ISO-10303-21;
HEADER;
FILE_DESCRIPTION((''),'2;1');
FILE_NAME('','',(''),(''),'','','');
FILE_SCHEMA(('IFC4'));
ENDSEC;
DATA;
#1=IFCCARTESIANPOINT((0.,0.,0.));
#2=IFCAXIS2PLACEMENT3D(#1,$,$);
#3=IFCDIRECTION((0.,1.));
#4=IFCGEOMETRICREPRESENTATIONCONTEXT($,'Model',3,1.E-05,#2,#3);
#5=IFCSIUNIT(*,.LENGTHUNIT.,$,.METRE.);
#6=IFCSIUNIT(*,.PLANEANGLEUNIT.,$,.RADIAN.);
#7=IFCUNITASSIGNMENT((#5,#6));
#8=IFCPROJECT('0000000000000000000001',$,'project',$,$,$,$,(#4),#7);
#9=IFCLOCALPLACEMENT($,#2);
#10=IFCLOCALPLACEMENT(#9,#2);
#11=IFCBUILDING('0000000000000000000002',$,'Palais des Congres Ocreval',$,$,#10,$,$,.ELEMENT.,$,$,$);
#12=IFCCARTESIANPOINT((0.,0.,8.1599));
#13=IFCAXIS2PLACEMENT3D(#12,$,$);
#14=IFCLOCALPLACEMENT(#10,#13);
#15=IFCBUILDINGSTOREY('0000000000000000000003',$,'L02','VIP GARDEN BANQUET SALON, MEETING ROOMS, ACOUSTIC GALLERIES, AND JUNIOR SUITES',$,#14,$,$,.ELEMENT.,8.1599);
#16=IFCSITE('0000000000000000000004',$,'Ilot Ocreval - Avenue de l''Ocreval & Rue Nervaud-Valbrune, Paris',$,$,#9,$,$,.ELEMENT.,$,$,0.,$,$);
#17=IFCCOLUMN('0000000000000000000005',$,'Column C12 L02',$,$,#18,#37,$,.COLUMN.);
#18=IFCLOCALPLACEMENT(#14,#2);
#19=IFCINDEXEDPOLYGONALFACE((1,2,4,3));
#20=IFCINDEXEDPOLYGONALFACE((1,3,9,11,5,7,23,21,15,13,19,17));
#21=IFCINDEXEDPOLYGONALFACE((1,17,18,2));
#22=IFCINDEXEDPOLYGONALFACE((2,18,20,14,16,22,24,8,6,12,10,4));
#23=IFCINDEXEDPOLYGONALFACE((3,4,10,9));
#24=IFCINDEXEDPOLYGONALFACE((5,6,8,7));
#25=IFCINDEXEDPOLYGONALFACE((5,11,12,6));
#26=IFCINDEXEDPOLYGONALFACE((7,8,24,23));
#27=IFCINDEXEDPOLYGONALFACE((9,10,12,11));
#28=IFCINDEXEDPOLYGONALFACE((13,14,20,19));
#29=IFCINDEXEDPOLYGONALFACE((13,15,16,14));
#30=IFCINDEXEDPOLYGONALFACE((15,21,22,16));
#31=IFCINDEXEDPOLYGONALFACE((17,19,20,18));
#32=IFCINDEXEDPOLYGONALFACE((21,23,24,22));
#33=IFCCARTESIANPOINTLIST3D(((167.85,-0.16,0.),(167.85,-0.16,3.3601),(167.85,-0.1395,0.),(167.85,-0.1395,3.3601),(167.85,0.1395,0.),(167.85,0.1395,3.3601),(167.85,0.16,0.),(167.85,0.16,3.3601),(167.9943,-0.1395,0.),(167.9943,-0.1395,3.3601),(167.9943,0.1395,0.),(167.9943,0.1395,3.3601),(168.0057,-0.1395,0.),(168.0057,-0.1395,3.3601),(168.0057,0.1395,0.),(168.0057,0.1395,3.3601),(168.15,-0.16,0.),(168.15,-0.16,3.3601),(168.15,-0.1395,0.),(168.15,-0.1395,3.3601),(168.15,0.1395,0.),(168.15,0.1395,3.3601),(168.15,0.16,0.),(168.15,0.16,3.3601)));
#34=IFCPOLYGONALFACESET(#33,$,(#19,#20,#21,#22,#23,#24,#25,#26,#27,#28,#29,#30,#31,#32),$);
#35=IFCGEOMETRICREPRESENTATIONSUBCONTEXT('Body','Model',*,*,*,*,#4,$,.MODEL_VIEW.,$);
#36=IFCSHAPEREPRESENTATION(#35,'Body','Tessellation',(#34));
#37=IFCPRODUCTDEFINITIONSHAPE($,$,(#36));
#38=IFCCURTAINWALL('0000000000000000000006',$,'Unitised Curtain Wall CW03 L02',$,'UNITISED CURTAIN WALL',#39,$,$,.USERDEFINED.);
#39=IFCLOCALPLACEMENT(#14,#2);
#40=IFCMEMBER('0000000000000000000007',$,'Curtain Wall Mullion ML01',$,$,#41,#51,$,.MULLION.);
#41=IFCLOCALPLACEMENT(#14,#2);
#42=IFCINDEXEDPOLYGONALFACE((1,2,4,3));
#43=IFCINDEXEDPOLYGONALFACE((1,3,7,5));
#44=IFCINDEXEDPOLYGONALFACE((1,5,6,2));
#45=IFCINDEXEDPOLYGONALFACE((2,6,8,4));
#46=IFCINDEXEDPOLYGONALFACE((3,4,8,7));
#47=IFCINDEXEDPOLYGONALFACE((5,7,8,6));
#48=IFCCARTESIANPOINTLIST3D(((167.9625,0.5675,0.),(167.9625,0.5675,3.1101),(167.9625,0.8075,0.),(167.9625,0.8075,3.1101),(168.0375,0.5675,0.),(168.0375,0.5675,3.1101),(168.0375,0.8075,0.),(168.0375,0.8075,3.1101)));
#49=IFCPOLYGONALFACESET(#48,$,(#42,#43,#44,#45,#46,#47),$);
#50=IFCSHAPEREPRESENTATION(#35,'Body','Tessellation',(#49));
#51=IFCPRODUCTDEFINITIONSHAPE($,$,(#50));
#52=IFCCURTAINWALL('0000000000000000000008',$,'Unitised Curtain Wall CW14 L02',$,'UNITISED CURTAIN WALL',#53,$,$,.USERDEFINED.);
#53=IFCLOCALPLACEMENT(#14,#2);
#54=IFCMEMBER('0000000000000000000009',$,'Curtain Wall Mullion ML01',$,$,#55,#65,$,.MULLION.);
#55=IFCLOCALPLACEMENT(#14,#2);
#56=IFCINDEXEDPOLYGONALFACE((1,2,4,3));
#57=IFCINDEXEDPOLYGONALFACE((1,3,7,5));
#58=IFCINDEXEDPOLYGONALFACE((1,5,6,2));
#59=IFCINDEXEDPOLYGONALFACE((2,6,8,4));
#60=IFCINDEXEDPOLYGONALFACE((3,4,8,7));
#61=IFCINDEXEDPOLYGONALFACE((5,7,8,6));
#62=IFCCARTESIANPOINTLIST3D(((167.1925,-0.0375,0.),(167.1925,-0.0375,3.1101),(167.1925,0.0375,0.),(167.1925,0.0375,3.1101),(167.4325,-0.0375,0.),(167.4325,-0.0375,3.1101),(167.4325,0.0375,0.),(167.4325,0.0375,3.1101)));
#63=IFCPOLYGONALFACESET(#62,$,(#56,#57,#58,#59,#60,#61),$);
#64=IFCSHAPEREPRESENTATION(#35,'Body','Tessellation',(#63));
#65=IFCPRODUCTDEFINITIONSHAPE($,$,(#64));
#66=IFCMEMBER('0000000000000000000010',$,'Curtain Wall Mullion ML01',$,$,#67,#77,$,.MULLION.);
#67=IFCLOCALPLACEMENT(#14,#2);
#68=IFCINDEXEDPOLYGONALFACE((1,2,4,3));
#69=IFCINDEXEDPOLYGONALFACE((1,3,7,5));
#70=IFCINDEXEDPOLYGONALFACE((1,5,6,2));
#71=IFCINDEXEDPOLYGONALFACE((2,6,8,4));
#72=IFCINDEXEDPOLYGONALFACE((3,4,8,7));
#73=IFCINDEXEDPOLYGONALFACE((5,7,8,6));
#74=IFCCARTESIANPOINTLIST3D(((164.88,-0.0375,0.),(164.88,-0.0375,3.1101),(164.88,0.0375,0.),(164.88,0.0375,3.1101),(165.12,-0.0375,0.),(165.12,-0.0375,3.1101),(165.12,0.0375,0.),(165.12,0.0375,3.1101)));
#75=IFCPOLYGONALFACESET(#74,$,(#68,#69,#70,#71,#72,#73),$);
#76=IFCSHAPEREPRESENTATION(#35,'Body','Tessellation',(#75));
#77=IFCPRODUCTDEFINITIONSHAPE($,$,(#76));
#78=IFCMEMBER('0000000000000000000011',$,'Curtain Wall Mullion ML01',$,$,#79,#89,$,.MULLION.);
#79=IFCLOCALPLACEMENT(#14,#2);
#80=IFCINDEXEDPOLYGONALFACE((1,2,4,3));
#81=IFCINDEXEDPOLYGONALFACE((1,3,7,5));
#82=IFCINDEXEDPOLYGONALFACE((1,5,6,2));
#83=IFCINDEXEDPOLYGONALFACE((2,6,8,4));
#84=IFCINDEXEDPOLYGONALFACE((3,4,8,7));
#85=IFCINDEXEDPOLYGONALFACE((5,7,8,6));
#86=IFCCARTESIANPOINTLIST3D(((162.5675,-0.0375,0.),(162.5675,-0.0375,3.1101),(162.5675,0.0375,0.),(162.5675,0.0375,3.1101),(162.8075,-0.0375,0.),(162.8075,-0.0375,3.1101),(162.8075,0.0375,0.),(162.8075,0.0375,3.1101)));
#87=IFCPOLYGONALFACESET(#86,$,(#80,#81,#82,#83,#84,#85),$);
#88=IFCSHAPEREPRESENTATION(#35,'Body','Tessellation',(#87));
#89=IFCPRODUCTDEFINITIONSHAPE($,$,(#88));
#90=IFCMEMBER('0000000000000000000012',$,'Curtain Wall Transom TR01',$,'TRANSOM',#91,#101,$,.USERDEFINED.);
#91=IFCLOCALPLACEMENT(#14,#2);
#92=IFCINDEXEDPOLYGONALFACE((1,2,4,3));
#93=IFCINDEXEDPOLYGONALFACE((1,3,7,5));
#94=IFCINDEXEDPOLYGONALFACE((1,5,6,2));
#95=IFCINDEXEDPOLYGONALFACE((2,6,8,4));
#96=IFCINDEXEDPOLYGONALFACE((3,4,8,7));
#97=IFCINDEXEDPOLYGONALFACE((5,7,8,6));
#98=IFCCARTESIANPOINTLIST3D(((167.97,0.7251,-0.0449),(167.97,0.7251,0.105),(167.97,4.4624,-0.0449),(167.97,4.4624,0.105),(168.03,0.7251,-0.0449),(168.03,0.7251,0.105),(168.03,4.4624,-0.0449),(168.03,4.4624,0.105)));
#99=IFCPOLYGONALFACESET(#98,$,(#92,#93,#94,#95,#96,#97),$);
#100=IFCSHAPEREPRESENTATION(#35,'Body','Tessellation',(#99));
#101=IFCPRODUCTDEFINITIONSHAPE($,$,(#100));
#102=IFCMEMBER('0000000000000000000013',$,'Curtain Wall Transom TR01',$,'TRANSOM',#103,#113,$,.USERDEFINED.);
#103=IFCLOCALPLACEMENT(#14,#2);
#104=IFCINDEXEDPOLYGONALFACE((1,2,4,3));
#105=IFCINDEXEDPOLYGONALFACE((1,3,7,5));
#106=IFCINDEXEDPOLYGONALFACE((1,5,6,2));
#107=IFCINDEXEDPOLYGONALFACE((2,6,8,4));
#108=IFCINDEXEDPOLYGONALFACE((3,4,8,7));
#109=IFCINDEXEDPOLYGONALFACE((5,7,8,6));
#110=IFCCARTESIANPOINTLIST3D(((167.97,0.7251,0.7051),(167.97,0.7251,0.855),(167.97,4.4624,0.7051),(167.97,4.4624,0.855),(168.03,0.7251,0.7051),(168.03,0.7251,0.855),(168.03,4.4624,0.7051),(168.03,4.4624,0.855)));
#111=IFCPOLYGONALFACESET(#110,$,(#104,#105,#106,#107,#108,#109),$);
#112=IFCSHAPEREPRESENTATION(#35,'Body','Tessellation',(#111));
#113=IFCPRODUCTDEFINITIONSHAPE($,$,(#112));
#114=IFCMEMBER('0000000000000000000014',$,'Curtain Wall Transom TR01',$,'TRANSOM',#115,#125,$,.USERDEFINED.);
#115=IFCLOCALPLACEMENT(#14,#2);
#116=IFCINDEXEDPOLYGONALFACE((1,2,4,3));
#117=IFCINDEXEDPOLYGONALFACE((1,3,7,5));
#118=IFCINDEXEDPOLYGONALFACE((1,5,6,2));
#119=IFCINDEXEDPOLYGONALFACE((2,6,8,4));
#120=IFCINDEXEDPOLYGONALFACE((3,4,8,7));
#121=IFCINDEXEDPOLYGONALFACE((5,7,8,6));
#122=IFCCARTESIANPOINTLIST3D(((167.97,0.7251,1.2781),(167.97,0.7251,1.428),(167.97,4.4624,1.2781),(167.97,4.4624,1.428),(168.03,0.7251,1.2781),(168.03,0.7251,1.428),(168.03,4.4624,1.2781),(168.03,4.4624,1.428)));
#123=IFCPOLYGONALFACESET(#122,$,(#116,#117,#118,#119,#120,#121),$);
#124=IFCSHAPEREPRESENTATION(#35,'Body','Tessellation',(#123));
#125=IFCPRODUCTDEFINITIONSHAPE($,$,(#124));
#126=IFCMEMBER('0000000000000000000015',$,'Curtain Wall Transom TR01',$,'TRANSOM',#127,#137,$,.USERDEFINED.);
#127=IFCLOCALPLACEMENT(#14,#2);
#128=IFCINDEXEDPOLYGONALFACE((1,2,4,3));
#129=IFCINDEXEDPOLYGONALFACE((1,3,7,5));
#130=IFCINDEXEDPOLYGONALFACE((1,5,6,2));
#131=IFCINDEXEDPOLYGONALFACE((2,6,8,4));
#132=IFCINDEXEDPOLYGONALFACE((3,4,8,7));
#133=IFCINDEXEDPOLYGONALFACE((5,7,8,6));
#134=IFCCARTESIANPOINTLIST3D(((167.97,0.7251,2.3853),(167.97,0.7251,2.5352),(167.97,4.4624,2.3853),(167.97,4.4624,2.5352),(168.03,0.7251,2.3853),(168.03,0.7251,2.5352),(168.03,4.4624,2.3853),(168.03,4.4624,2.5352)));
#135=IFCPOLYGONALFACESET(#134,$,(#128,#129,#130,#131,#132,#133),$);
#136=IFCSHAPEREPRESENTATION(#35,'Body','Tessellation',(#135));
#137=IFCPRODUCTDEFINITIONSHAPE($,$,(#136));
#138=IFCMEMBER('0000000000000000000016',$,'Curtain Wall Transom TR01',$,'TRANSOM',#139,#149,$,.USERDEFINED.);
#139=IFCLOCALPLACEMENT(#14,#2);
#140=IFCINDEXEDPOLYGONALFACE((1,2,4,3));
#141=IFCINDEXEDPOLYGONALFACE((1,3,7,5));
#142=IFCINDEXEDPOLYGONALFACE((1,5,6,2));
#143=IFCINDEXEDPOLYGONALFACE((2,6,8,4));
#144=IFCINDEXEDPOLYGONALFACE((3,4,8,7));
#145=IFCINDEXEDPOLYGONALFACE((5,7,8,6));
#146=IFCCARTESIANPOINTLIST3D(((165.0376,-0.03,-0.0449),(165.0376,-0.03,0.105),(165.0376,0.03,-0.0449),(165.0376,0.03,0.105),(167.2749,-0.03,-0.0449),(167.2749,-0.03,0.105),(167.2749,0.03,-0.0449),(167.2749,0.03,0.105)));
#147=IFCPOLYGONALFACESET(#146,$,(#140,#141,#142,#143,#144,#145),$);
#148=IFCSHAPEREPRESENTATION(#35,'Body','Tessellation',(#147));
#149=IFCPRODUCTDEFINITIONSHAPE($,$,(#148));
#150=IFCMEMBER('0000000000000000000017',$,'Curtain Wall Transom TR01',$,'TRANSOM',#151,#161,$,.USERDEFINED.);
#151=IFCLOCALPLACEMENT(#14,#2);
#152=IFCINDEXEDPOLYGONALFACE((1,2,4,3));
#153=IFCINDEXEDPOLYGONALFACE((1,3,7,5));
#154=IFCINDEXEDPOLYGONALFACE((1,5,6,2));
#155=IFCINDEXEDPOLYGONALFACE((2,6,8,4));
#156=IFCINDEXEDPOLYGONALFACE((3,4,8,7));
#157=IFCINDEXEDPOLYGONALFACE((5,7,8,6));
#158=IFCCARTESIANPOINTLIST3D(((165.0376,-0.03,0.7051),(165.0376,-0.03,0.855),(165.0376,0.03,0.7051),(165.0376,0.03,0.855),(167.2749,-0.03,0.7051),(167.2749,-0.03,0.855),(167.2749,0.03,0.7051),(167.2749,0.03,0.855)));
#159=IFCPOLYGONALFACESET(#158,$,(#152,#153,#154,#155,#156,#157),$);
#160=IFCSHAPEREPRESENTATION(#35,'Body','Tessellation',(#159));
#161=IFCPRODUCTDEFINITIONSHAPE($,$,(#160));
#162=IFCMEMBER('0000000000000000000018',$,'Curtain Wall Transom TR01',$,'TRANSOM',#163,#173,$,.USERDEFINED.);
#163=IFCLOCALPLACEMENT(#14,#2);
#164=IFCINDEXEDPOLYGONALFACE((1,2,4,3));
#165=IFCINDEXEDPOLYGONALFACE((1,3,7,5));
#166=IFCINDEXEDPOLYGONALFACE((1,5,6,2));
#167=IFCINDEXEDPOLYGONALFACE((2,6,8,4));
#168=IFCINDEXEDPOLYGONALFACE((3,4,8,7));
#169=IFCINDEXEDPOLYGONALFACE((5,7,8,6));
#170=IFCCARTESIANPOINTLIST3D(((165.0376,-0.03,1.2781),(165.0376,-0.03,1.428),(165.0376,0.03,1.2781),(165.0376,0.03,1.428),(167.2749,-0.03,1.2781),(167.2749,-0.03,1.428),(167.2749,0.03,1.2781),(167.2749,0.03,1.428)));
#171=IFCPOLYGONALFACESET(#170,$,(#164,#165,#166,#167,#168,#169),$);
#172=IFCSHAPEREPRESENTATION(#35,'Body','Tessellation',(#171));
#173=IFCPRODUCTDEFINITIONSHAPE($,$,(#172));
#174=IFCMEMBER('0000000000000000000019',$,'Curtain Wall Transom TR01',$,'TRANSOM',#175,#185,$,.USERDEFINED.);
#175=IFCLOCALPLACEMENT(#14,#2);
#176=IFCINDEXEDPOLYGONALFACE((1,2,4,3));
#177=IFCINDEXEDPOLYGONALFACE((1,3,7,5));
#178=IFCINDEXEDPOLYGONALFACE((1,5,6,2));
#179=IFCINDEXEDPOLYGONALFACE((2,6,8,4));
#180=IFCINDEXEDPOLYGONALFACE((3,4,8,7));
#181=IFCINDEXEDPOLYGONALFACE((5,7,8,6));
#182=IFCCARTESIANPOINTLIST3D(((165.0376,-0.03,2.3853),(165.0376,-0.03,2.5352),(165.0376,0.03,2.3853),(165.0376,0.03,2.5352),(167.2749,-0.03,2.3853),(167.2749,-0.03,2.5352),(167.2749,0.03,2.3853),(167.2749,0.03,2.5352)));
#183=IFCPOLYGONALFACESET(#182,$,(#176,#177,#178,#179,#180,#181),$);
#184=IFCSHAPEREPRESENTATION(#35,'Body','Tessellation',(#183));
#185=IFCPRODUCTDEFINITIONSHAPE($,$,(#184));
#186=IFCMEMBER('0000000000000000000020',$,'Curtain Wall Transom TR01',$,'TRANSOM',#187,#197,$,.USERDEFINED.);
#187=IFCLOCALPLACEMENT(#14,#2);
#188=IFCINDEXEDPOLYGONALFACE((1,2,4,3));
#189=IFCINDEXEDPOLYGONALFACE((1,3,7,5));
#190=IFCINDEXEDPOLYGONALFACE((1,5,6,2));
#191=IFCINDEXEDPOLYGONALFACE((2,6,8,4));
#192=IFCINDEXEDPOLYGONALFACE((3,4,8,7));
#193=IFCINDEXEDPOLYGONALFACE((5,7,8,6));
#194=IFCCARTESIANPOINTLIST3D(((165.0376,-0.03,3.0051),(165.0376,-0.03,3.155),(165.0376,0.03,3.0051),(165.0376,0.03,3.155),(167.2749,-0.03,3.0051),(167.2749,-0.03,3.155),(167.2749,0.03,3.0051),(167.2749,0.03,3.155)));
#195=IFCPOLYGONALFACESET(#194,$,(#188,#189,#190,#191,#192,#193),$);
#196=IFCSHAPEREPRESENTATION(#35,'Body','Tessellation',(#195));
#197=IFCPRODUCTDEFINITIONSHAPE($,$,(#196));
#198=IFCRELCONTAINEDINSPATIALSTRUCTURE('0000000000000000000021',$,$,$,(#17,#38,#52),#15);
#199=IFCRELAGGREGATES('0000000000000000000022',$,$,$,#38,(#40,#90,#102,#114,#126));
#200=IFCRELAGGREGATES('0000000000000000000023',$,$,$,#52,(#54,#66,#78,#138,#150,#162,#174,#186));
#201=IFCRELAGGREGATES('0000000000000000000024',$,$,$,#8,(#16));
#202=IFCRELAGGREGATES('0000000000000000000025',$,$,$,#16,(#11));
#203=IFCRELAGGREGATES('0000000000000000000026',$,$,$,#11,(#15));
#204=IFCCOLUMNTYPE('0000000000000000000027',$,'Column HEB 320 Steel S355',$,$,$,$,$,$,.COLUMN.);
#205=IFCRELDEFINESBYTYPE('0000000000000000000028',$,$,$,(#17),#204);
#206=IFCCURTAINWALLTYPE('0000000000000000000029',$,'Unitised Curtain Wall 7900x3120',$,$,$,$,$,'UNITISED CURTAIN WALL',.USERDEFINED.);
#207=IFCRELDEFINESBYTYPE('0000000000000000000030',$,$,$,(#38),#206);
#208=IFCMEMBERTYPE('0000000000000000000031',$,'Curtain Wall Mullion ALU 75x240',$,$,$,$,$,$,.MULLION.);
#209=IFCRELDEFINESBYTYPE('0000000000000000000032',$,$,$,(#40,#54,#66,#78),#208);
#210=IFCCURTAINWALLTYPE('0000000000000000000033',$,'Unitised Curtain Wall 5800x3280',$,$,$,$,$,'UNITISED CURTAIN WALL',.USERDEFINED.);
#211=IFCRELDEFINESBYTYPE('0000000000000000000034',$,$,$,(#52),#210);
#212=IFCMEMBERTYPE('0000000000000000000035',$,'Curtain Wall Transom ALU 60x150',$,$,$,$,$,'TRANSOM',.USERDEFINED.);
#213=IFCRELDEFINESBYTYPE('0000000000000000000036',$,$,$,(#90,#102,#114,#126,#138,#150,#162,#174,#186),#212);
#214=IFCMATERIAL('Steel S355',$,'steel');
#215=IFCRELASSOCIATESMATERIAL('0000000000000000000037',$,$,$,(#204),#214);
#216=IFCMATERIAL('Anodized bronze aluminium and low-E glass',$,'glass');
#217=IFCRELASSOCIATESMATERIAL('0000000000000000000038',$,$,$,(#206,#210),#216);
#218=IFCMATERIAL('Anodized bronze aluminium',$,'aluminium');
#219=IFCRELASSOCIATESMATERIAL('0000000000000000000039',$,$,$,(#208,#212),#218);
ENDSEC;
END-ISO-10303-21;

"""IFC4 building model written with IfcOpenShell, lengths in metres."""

from ifc_helpers import new_model, si_unit, direction, frame, origin, origin_2d, place, context, subcontext, project, spatial, rectangle, i_section, extrude, material, material_profile, profile_set, type_object, element, aggregate, save


model = new_model("IFC4")

# Units and contexts
model_context = context("Model", 3, precision=1e-05, world=origin(), true_north=direction((0.0, 1.0)))
body_context = subcontext(model_context, "Body", "Model", "MODEL_VIEW")
ifc_project = project(units=[si_unit("LENGTHUNIT", "METRE"), si_unit("PLANEANGLEUNIT", "RADIAN")], contexts=[model_context])

# Site, building, storey
site_placement = place(None, origin())
site = spatial("IfcSite", under=ifc_project, at=site_placement, Name="Ilot Ocreval - Avenue de l'Ocreval & Rue Nervaud-Valbrune, Paris", CompositionType="ELEMENT", RefElevation=0.0)
building_placement = place(site_placement, origin())
building = spatial("IfcBuilding", under=site, at=building_placement, Name="Palais des Congres Ocreval", CompositionType="ELEMENT")
storey_placement = place(building_placement, frame((0.0, 0.0, 8.1599)))
storey = spatial("IfcBuildingStorey", under=building, at=storey_placement, Name="L02", Description="VIP GARDEN BANQUET SALON, MEETING ROOMS, ACOUSTIC GALLERIES, AND JUNIOR SUITES", CompositionType="ELEMENT", Elevation=8.1599)

# Column
ifc_material_1 = material(Name="Steel S355", Category="steel")
ifc_material_profile_1 = material_profile(ifc_material_1, i_section(OverallWidth=0.3, OverallDepth=0.3201, WebThickness=0.0115, FlangeThickness=0.0205, at=origin_2d()), Name="HEB 320")
ifc_profile_set_1 = profile_set([ifc_material_profile_1], Name="Steel S355")
column_type = type_object("IfcColumnType", Name="Column HEB 320 Steel S355", PredefinedType="COLUMN", material=ifc_profile_set_1)
column_placement = place(storey_placement, frame((168.0, 0.0, 0.0), z_axis=(0.0, 0.0, 1.0), x_axis=(1.0, 0.0, 0.0)))
element("IfcColumn", 1, at=column_placement, inside=storey, type_object=column_type, Name="Column C12 L02", PredefinedType="COLUMN", context=body_context, shape_type="SweptSolid", body=[
    extrude(i_section(OverallWidth=0.3, OverallDepth=0.3201, WebThickness=0.0115, FlangeThickness=0.0205, at=origin_2d()), origin(), (0.0, 0.0, 1.0), 3.3601),
])

# Curtain wall, member
ifc_material_2 = material(Name="Anodized bronze aluminium and low-E glass", Category="glass")
curtain_wall_type_1 = type_object("IfcCurtainWallType", Name="Unitised Curtain Wall 7900x3120", ElementType="UNITISED CURTAIN WALL", PredefinedType="USERDEFINED", material=ifc_material_2)
curtain_wall_1_placement = place(storey_placement, origin())
curtain_wall_1 = element("IfcCurtainWall", 2, at=curtain_wall_1_placement, inside=storey, type_object=curtain_wall_type_1, Name="Unitised Curtain Wall CW03 L02", ObjectType="UNITISED CURTAIN WALL", PredefinedType="USERDEFINED")
ifc_material_3 = material(Name="Anodized bronze aluminium", Category="aluminium")
ifc_material_profile_2 = material_profile(ifc_material_3, rectangle(XDim=0.075, YDim=0.24, at=origin_2d()), Name="ALU 75x240")
ifc_profile_set_2 = profile_set([ifc_material_profile_2], Name="Anodized bronze aluminium")
member_type_1 = type_object("IfcMemberType", Name="Curtain Wall Mullion ALU 75x240", PredefinedType="MULLION", material=ifc_profile_set_2)
member_1_placement = place(storey_placement, frame((168.0, 0.6875, 0.0), z_axis=(0.0, 0.0, 1.0), x_axis=(1.0, 0.0, 0.0)))
member_1 = element("IfcMember", 3, at=member_1_placement, type_object=member_type_1, Name="Curtain Wall Mullion ML01", PredefinedType="MULLION", context=body_context, shape_type="SweptSolid", body=[
    extrude(rectangle(XDim=0.075, YDim=0.24, at=origin_2d()), origin(), (0.0, 0.0, 1.0), 3.1101),
])

# Curtain wall, members
curtain_wall_type_2 = type_object("IfcCurtainWallType", Name="Unitised Curtain Wall 5800x3280", ElementType="UNITISED CURTAIN WALL", PredefinedType="USERDEFINED", material=ifc_material_2)
curtain_wall_2_placement = place(storey_placement, origin())
curtain_wall_2 = element("IfcCurtainWall", 4, at=curtain_wall_2_placement, inside=storey, type_object=curtain_wall_type_2, Name="Unitised Curtain Wall CW14 L02", ObjectType="UNITISED CURTAIN WALL", PredefinedType="USERDEFINED")
member_2_placement = place(storey_placement, frame((167.3125, 0.0, 0.0), z_axis=(0.0, 0.0, 1.0), x_axis=(0.0, -1.0, 0.0)))
member_2 = element("IfcMember", 5, at=member_2_placement, type_object=member_type_1, Name="Curtain Wall Mullion ML01", PredefinedType="MULLION", context=body_context, shape_type="SweptSolid", body=[
    extrude(rectangle(XDim=0.075, YDim=0.24, at=origin_2d()), origin(), (0.0, 0.0, 1.0), 3.1101),
])
member_3_placement = place(storey_placement, frame((165.0, 0.0, 0.0), z_axis=(0.0, 0.0, 1.0), x_axis=(0.0, -1.0, 0.0)))
member_3 = element("IfcMember", 6, at=member_3_placement, type_object=member_type_1, Name="Curtain Wall Mullion ML01", PredefinedType="MULLION", context=body_context, shape_type="SweptSolid", body=[
    extrude(rectangle(XDim=0.075, YDim=0.24, at=origin_2d()), origin(), (0.0, 0.0, 1.0), 3.1101),
])
member_4_placement = place(storey_placement, frame((162.6875, 0.0, 0.0), z_axis=(0.0, 0.0, 1.0), x_axis=(0.0, -1.0, 0.0)))
member_4 = element("IfcMember", 7, at=member_4_placement, type_object=member_type_1, Name="Curtain Wall Mullion ML01", PredefinedType="MULLION", context=body_context, shape_type="SweptSolid", body=[
    extrude(rectangle(XDim=0.075, YDim=0.24, at=origin_2d()), origin(), (0.0, 0.0, 1.0), 3.1101),
])

# Members
ifc_material_profile_3 = material_profile(ifc_material_3, rectangle(XDim=0.0601, YDim=0.1499, at=origin_2d()), Name="ALU 60x150")
ifc_profile_set_3 = profile_set([ifc_material_profile_3], Name="Anodized bronze aluminium")
member_type_2 = type_object("IfcMemberType", Name="Curtain Wall Transom ALU 60x150", ElementType="TRANSOM", PredefinedType="USERDEFINED", material=ifc_profile_set_3)
member_5_placement = place(storey_placement, frame((168.0, 4.4624, 0.03), z_axis=(0.0, -1.0, 0.0), x_axis=(1.0, 0.0, 0.0)))
member_5 = element("IfcMember", 8, at=member_5_placement, type_object=member_type_2, Name="Curtain Wall Transom TR01", ObjectType="TRANSOM", PredefinedType="USERDEFINED", context=body_context, shape_type="SweptSolid", body=[
    extrude(rectangle(XDim=0.0601, YDim=0.1499, at=origin_2d()), origin(), (0.0, 0.0, 1.0), 3.7373),
])
member_6_placement = place(storey_placement, frame((168.0, 4.4624, 0.78), z_axis=(0.0, -1.0, 0.0), x_axis=(1.0, 0.0, 0.0)))
member_6 = element("IfcMember", 9, at=member_6_placement, type_object=member_type_2, Name="Curtain Wall Transom TR01", ObjectType="TRANSOM", PredefinedType="USERDEFINED", context=body_context, shape_type="SweptSolid", body=[
    extrude(rectangle(XDim=0.0601, YDim=0.1499, at=origin_2d()), origin(), (0.0, 0.0, 1.0), 3.7373),
])
member_7_placement = place(storey_placement, frame((168.0, 4.4624, 1.353), z_axis=(0.0, -1.0, 0.0), x_axis=(1.0, 0.0, 0.0)))
member_7 = element("IfcMember", 10, at=member_7_placement, type_object=member_type_2, Name="Curtain Wall Transom TR01", ObjectType="TRANSOM", PredefinedType="USERDEFINED", context=body_context, shape_type="SweptSolid", body=[
    extrude(rectangle(XDim=0.0601, YDim=0.1499, at=origin_2d()), origin(), (0.0, 0.0, 1.0), 3.7373),
])
member_8_placement = place(storey_placement, frame((168.0, 4.4624, 2.4602), z_axis=(0.0, -1.0, 0.0), x_axis=(1.0, 0.0, 0.0)))
member_8 = element("IfcMember", 11, at=member_8_placement, type_object=member_type_2, Name="Curtain Wall Transom TR01", ObjectType="TRANSOM", PredefinedType="USERDEFINED", context=body_context, shape_type="SweptSolid", body=[
    extrude(rectangle(XDim=0.0601, YDim=0.1499, at=origin_2d()), origin(), (0.0, 0.0, 1.0), 3.7373),
])
member_9_placement = place(storey_placement, frame((167.2749, 0.0, 0.03), z_axis=(-1.0, 0.0, 0.0), x_axis=(0.0, -1.0, 0.0)))
member_9 = element("IfcMember", 12, at=member_9_placement, type_object=member_type_2, Name="Curtain Wall Transom TR01", ObjectType="TRANSOM", PredefinedType="USERDEFINED", context=body_context, shape_type="SweptSolid", body=[
    extrude(rectangle(XDim=0.0601, YDim=0.1499, at=origin_2d()), origin(), (0.0, 0.0, 1.0), 2.2373),
])
member_10_placement = place(storey_placement, frame((167.2749, 0.0, 0.78), z_axis=(-1.0, 0.0, 0.0), x_axis=(0.0, -1.0, 0.0)))
member_10 = element("IfcMember", 13, at=member_10_placement, type_object=member_type_2, Name="Curtain Wall Transom TR01", ObjectType="TRANSOM", PredefinedType="USERDEFINED", context=body_context, shape_type="SweptSolid", body=[
    extrude(rectangle(XDim=0.0601, YDim=0.1499, at=origin_2d()), origin(), (0.0, 0.0, 1.0), 2.2373),
])
member_11_placement = place(storey_placement, frame((167.2749, 0.0, 1.353), z_axis=(-1.0, 0.0, 0.0), x_axis=(0.0, -1.0, 0.0)))
member_11 = element("IfcMember", 14, at=member_11_placement, type_object=member_type_2, Name="Curtain Wall Transom TR01", ObjectType="TRANSOM", PredefinedType="USERDEFINED", context=body_context, shape_type="SweptSolid", body=[
    extrude(rectangle(XDim=0.0601, YDim=0.1499, at=origin_2d()), origin(), (0.0, 0.0, 1.0), 2.2373),
])
member_12_placement = place(storey_placement, frame((167.2749, 0.0, 2.4602), z_axis=(-1.0, 0.0, 0.0), x_axis=(0.0, -1.0, 0.0)))
member_12 = element("IfcMember", 15, at=member_12_placement, type_object=member_type_2, Name="Curtain Wall Transom TR01", ObjectType="TRANSOM", PredefinedType="USERDEFINED", context=body_context, shape_type="SweptSolid", body=[
    extrude(rectangle(XDim=0.0601, YDim=0.1499, at=origin_2d()), origin(), (0.0, 0.0, 1.0), 2.2373),
])
member_13_placement = place(storey_placement, frame((167.2749, 0.0, 3.0801), z_axis=(-1.0, 0.0, 0.0), x_axis=(0.0, -1.0, 0.0)))
member_13 = element("IfcMember", 16, at=member_13_placement, type_object=member_type_2, Name="Curtain Wall Transom TR01", ObjectType="TRANSOM", PredefinedType="USERDEFINED", context=body_context, shape_type="SweptSolid", body=[
    extrude(rectangle(XDim=0.0601, YDim=0.1499, at=origin_2d()), origin(), (0.0, 0.0, 1.0), 2.2373),
])

aggregate(curtain_wall_1, [member_1, member_5, member_6, member_7, member_8])
aggregate(curtain_wall_2, [member_2, member_3, member_4, member_9, member_10, member_11, member_12, member_13])

save(model, "model.ifc")
